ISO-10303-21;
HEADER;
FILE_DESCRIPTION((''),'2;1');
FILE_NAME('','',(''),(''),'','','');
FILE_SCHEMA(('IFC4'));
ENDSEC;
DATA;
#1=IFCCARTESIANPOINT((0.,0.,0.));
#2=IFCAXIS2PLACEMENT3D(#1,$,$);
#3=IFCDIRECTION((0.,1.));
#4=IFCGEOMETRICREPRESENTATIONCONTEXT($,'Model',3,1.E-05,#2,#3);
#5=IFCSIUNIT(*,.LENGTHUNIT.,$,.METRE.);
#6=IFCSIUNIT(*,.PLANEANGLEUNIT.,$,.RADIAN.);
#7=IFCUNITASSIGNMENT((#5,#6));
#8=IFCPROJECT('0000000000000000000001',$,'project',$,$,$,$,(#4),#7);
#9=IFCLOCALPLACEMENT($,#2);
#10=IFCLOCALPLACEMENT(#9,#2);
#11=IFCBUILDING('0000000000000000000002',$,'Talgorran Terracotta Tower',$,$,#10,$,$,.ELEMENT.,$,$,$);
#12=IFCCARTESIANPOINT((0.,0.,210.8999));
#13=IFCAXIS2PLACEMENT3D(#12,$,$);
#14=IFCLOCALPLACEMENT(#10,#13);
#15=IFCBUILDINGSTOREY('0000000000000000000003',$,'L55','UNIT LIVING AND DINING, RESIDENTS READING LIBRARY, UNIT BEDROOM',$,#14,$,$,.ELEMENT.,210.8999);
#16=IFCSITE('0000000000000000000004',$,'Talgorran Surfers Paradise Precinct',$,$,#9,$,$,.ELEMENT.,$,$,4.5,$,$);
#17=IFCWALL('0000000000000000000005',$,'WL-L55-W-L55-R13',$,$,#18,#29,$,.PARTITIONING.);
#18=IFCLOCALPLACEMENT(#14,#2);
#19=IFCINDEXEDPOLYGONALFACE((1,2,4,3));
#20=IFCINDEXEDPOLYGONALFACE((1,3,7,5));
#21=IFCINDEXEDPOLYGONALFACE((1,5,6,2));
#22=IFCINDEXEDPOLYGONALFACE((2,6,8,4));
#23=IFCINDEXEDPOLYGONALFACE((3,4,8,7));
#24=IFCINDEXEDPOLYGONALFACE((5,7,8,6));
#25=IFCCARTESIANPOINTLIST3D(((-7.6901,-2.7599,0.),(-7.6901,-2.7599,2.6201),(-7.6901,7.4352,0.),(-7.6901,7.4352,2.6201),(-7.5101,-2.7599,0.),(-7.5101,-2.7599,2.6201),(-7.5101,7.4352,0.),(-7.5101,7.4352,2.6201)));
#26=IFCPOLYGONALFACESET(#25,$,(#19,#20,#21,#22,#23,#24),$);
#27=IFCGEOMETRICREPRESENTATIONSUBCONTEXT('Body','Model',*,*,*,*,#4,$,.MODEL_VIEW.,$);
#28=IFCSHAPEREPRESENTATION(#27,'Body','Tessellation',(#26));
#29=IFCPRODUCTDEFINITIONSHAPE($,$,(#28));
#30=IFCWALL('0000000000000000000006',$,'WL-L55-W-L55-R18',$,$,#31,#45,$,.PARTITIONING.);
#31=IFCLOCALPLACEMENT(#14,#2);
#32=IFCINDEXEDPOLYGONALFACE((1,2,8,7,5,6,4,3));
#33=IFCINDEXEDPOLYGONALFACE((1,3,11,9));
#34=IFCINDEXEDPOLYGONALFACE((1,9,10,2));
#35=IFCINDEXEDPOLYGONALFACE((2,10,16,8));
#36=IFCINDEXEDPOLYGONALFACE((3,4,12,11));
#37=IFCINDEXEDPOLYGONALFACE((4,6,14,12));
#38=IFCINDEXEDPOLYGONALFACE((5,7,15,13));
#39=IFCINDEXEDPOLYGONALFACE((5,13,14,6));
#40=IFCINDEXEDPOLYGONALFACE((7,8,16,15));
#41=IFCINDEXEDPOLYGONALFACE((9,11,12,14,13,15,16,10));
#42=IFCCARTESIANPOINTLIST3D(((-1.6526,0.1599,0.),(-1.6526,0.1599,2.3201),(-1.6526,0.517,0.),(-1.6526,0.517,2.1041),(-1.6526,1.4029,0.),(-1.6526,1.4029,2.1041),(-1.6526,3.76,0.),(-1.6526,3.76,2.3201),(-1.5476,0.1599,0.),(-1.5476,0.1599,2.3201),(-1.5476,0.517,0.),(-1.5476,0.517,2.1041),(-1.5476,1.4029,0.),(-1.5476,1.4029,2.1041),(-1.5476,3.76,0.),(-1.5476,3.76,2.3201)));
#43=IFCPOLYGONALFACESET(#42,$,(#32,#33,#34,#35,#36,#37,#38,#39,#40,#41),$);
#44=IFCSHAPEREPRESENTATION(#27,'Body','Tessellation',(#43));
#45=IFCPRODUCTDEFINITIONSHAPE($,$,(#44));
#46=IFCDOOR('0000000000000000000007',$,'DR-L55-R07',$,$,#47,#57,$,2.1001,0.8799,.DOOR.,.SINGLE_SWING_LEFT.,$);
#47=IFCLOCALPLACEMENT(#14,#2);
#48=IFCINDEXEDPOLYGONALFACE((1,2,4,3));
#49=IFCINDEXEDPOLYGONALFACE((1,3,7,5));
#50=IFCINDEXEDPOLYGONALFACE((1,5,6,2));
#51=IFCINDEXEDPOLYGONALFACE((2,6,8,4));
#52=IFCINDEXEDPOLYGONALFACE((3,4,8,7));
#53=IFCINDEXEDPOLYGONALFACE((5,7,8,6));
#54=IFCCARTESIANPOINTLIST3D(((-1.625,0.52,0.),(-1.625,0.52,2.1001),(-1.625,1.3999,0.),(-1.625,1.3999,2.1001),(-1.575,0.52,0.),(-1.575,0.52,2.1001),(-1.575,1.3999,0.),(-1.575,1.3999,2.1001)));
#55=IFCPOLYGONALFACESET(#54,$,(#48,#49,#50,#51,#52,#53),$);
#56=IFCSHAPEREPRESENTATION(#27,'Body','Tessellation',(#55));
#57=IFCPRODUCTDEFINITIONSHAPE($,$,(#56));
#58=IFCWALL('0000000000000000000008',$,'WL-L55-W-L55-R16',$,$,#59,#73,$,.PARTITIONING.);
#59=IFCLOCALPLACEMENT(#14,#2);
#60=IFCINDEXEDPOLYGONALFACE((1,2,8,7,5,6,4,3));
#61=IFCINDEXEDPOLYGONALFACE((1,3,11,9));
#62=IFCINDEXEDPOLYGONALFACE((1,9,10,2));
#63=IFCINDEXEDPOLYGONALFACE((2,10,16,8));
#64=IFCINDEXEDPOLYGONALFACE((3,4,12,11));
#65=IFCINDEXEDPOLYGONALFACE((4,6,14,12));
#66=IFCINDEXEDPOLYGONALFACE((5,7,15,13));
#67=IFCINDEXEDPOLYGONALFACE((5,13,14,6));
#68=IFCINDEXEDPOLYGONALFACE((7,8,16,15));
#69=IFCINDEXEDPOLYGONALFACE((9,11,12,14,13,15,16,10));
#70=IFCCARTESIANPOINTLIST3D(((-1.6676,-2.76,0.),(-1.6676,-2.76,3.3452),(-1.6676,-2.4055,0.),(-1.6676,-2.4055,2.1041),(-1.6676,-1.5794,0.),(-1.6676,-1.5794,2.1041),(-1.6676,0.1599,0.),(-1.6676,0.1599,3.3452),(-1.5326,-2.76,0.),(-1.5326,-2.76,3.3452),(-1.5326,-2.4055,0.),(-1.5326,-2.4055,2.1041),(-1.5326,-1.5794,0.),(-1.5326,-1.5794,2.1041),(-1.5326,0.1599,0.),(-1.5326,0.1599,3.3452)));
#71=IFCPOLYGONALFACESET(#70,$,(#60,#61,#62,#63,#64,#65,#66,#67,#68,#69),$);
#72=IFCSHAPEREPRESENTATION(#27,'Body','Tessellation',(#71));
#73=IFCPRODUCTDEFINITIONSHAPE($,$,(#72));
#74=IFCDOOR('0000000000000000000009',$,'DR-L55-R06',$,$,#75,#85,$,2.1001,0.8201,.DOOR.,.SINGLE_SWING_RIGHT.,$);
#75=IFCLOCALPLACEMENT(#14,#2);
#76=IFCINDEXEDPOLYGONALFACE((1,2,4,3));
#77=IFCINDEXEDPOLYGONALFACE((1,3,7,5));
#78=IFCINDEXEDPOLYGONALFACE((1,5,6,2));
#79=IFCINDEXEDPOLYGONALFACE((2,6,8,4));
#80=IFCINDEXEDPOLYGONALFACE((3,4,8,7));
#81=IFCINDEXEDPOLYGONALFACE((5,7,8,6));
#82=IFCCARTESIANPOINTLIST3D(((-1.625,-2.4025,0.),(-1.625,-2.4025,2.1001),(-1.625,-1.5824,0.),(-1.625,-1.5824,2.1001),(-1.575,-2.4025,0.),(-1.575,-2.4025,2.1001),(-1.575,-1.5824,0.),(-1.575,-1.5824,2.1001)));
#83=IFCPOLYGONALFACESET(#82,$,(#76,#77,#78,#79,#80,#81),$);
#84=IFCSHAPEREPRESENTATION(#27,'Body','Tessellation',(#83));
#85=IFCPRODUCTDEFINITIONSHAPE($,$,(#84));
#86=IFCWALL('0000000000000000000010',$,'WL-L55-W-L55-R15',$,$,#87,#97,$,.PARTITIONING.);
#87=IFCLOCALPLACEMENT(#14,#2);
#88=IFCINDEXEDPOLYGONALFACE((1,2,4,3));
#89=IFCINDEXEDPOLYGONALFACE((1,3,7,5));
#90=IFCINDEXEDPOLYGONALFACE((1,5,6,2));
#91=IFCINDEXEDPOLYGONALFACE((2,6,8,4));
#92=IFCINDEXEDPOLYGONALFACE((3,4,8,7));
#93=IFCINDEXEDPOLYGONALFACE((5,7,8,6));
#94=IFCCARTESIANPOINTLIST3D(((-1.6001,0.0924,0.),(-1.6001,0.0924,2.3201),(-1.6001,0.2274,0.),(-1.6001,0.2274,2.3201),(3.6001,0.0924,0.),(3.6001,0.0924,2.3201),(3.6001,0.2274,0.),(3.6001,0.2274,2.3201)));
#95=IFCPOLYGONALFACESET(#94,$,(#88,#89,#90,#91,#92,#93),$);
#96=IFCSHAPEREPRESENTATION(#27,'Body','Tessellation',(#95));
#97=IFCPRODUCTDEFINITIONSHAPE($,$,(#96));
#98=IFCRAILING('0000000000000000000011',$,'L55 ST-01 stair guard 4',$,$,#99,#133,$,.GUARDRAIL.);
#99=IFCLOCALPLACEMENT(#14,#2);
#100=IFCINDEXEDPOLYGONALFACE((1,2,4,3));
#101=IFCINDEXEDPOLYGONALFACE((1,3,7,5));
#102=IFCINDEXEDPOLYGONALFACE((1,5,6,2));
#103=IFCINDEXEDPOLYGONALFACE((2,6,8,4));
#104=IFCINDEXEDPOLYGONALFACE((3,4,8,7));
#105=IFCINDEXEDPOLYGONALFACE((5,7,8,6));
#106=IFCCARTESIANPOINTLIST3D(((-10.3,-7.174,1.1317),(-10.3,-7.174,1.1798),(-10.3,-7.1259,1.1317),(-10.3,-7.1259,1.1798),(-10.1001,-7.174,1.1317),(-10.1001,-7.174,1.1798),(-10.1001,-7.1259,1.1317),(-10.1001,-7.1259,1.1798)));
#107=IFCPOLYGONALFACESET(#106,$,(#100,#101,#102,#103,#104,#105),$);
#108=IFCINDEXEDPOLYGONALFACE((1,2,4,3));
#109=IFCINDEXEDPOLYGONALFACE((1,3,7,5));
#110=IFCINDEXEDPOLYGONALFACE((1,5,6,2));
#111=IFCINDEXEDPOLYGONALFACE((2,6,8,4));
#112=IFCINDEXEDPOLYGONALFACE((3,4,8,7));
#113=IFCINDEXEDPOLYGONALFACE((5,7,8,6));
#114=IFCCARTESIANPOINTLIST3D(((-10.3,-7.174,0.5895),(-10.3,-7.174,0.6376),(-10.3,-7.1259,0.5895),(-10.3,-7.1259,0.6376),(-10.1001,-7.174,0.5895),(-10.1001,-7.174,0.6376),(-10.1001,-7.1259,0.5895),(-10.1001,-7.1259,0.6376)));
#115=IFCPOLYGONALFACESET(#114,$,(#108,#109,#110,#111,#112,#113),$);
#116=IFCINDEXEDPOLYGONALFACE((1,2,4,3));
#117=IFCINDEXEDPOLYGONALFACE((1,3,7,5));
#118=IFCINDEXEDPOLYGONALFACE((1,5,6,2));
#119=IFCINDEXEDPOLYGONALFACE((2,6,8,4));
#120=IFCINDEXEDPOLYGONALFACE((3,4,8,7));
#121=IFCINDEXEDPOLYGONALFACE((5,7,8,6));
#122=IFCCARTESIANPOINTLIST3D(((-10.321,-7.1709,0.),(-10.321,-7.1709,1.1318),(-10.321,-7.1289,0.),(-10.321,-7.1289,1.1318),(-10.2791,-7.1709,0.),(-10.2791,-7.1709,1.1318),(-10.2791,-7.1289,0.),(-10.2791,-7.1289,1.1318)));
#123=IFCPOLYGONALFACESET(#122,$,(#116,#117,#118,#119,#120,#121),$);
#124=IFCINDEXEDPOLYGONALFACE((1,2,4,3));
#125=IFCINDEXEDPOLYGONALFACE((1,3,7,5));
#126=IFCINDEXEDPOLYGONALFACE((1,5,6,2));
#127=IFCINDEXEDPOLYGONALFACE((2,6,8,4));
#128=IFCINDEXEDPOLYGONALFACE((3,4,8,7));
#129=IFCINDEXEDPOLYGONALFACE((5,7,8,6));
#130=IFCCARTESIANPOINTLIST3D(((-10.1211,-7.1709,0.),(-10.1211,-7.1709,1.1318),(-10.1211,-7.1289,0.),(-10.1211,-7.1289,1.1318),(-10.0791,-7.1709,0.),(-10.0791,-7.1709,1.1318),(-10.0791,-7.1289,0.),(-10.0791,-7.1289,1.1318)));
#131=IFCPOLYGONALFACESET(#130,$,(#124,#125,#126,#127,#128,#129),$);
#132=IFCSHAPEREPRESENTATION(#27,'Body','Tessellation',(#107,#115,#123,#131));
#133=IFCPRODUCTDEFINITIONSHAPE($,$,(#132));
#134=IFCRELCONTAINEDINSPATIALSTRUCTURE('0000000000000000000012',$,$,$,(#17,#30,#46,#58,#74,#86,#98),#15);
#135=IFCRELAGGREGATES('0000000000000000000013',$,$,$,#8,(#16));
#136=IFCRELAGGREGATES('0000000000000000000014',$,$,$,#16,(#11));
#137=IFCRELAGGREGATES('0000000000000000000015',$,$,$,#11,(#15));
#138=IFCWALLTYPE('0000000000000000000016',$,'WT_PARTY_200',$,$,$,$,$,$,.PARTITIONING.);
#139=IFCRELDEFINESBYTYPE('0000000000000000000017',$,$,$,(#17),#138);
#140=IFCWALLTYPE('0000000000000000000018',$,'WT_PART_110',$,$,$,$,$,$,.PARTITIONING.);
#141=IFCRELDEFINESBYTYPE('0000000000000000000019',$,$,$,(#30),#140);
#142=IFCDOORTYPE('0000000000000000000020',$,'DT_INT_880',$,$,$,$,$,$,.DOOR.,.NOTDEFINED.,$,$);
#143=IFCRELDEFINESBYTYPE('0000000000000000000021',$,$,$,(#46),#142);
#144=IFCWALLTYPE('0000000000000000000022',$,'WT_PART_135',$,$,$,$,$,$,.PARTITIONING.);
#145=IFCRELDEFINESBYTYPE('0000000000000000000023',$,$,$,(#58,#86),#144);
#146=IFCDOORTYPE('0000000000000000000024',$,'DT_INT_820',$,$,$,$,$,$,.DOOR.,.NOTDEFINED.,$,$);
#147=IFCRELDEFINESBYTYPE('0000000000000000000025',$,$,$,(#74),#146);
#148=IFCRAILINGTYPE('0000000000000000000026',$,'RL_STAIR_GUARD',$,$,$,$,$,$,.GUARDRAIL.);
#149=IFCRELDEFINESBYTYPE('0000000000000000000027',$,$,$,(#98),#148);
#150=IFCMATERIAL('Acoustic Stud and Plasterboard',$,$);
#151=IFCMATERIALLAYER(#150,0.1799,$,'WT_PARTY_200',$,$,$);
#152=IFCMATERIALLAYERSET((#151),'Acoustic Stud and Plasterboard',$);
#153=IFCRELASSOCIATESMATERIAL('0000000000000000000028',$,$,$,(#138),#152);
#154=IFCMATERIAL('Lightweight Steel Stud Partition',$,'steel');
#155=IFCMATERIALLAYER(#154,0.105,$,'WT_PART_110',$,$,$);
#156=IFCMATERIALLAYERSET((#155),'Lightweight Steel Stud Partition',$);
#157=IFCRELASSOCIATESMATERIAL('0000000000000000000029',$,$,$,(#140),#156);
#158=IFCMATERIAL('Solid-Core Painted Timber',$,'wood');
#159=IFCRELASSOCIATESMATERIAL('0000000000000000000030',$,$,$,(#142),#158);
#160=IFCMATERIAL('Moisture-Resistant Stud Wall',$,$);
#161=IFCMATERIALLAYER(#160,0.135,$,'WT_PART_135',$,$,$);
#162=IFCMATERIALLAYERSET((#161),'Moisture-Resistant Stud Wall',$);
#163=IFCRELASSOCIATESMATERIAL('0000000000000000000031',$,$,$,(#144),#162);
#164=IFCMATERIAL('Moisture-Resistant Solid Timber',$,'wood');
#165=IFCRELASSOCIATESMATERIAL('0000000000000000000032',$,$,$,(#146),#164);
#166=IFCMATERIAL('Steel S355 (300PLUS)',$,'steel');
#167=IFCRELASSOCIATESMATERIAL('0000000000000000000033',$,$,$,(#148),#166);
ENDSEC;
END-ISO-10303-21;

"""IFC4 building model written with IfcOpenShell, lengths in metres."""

from ifc_helpers import new_model, si_unit, direction, frame, frame_2d, origin, origin_2d, place, context, subcontext, project, spatial, rectangle, extrude, material, layer, layer_set, type_object, element, fill, save


model = new_model("IFC4")

# Units and contexts
model_context = context("Model", 3, precision=1e-05, world=origin(), true_north=direction((0.0, 1.0)))
body_context = subcontext(model_context, "Body", "Model", "MODEL_VIEW")
ifc_project = project(units=[si_unit("LENGTHUNIT", "METRE"), si_unit("PLANEANGLEUNIT", "RADIAN")], contexts=[model_context])

# Site, building, storey
site_placement = place(None, origin())
site = spatial("IfcSite", under=ifc_project, at=site_placement, Name="Talgorran Surfers Paradise Precinct", CompositionType="ELEMENT", RefElevation=4.5)
building_placement = place(site_placement, origin())
building = spatial("IfcBuilding", under=site, at=building_placement, Name="Talgorran Terracotta Tower", CompositionType="ELEMENT")
storey_placement = place(building_placement, frame((0.0, 0.0, 210.8999)))
storey = spatial("IfcBuildingStorey", under=building, at=storey_placement, Name="L55", Description="UNIT LIVING AND DINING, RESIDENTS READING LIBRARY, UNIT BEDROOM", CompositionType="ELEMENT", Elevation=210.8999)

# Shared definitions
ifc_material_1 = material(Name="Steel S355 (300PLUS)", Category="steel")

# Wall
ifc_material_2 = material(Name="Acoustic Stud and Plasterboard")
ifc_layer_1 = layer(ifc_material_2, 0.1799, Name="WT_PARTY_200")
ifc_layer_set_1 = layer_set([ifc_layer_1], Name="Acoustic Stud and Plasterboard")
wall_type_1 = type_object("IfcWallType", Name="WT_PARTY_200", PredefinedType="PARTITIONING", material=ifc_layer_set_1)
wall_1_placement = place(storey_placement, frame((-7.6001, -2.76, 0.0), z_axis=(0.0, 0.0, 1.0), x_axis=(0.0, 1.0, 0.0)))
element("IfcWall", 1, at=wall_1_placement, inside=storey, type_object=wall_type_1, Name="WL-L55-W-L55-R13", PredefinedType="PARTITIONING", context=body_context, shape_type="SweptSolid", body=[
    extrude(rectangle(XDim=10.1951, YDim=0.1799, at=frame_2d((5.0977, 0.0))), origin(), (0.0, 0.0, 1.0), 2.6201),
])

# Walls, openings, doors
ifc_material_3 = material(Name="Lightweight Steel Stud Partition", Category="steel")
ifc_layer_2 = layer(ifc_material_3, 0.105, Name="WT_PART_110")
ifc_layer_set_2 = layer_set([ifc_layer_2], Name="Lightweight Steel Stud Partition")
wall_type_2 = type_object("IfcWallType", Name="WT_PART_110", PredefinedType="PARTITIONING", material=ifc_layer_set_2)
wall_2_placement = place(storey_placement, frame((-1.6001, 0.1599, 0.0), z_axis=(0.0, 0.0, 1.0), x_axis=(0.0, 1.0, 0.0)))
wall_2 = element("IfcWall", 2, at=wall_2_placement, inside=storey, type_object=wall_type_2, Name="WL-L55-W-L55-R18", PredefinedType="PARTITIONING", context=body_context, shape_type="SweptSolid", body=[
    extrude(rectangle(XDim=3.6001, YDim=0.105, at=frame_2d((1.8, 0.0))), origin(), (0.0, 0.0, 1.0), 2.3201),
])
opening_1_placement = place(wall_2_placement, frame((0.3601, 0.0, 0.0)))
opening_1 = element("IfcOpeningElement", 3, at=opening_1_placement, cuts=wall_2, PredefinedType="OPENING", context=body_context, shape_type="SweptSolid", body=[
    extrude(rectangle(XDim=0.8859, YDim=2.1041, at=frame_2d((0.4399, 1.052))), frame((0.0, 0.0625, 0.0), z_axis=(0.0, -1.0, 0.0), x_axis=(1.0, 0.0, 0.0)), (0.0, 0.0, 1.0), 0.125),
])
ifc_material_4 = material(Name="Solid-Core Painted Timber", Category="wood")
door_type_1 = type_object("IfcDoorType", Name="DT_INT_880", OperationType="NOTDEFINED", PredefinedType="DOOR", material=ifc_material_4)
door_1_placement = place(opening_1_placement, origin())
door_1 = element("IfcDoor", 4, at=door_1_placement, inside=storey, type_object=door_type_1, Name="DR-L55-R07", OperationType="SINGLE_SWING_LEFT", OverallHeight=2.1001, OverallWidth=0.8799, PredefinedType="DOOR", context=body_context, shape_type="SweptSolid", body=[
    extrude(rectangle(XDim=0.8799, YDim=2.1001, at=frame_2d((0.4399, 1.05))), frame((0.0, 0.0249, 0.0), z_axis=(0.0, -1.0, 0.0), x_axis=(1.0, 0.0, 0.0)), (0.0, 0.0, 1.0), 0.05),
])
fill(opening_1, door_1)
ifc_material_5 = material(Name="Moisture-Resistant Stud Wall")
ifc_layer_3 = layer(ifc_material_5, 0.135, Name="WT_PART_135")
ifc_layer_set_3 = layer_set([ifc_layer_3], Name="Moisture-Resistant Stud Wall")
wall_type_3 = type_object("IfcWallType", Name="WT_PART_135", PredefinedType="PARTITIONING", material=ifc_layer_set_3)
wall_3_placement = place(storey_placement, frame((-1.6001, -2.76, 0.0), z_axis=(0.0, 0.0, 1.0), x_axis=(0.0, 1.0, 0.0)))
wall_3 = element("IfcWall", 5, at=wall_3_placement, inside=storey, type_object=wall_type_3, Name="WL-L55-W-L55-R16", PredefinedType="PARTITIONING", context=body_context, shape_type="SweptSolid", body=[
    extrude(rectangle(XDim=2.9199, YDim=0.135, at=frame_2d((1.46, 0.0))), origin(), (0.0, 0.0, 1.0), 3.3452),
])
opening_2_placement = place(wall_3_placement, frame((0.3574, 0.0, 0.0)))
opening_2 = element("IfcOpeningElement", 6, at=opening_2_placement, cuts=wall_3, PredefinedType="OPENING", context=body_context, shape_type="SweptSolid", body=[
    extrude(rectangle(XDim=0.8261, YDim=2.1041, at=frame_2d((0.4102, 1.052))), frame((0.0, 0.0776, 0.0), z_axis=(0.0, -1.0, 0.0), x_axis=(1.0, 0.0, 0.0)), (0.0, 0.0, 1.0), 0.155),
])
ifc_material_6 = material(Name="Moisture-Resistant Solid Timber", Category="wood")
door_type_2 = type_object("IfcDoorType", Name="DT_INT_820", OperationType="NOTDEFINED", PredefinedType="DOOR", material=ifc_material_6)
door_2_placement = place(opening_2_placement, origin())
door_2 = element("IfcDoor", 7, at=door_2_placement, inside=storey, type_object=door_type_2, Name="DR-L55-R06", OperationType="SINGLE_SWING_RIGHT", OverallHeight=2.1001, OverallWidth=0.8201, PredefinedType="DOOR", context=body_context, shape_type="SweptSolid", body=[
    extrude(rectangle(XDim=0.8201, YDim=2.1001, at=frame_2d((0.4102, 1.05))), frame((0.0, 0.0249, 0.0), z_axis=(0.0, -1.0, 0.0), x_axis=(1.0, 0.0, 0.0)), (0.0, 0.0, 1.0), 0.05),
])
fill(opening_2, door_2)

# Wall
wall_4_placement = place(storey_placement, frame((-1.6001, 0.1599, 0.0), z_axis=(0.0, 0.0, 1.0), x_axis=(1.0, 0.0, 0.0)))
element("IfcWall", 8, at=wall_4_placement, inside=storey, type_object=wall_type_3, Name="WL-L55-W-L55-R15", PredefinedType="PARTITIONING", context=body_context, shape_type="SweptSolid", body=[
    extrude(rectangle(XDim=5.2002, YDim=0.135, at=frame_2d((2.6001, 0.0))), origin(), (0.0, 0.0, 1.0), 2.3201),
])

# Railing
railing_type = type_object("IfcRailingType", Name="RL_STAIR_GUARD", PredefinedType="GUARDRAIL", material=ifc_material_1)
railing_placement = place(storey_placement, frame((-10.3, -7.1499, 0.0)))
element("IfcRailing", 9, at=railing_placement, inside=storey, type_object=railing_type, Name="L55 ST-01 stair guard 4", PredefinedType="GUARDRAIL", context=body_context, shape_type="SweptSolid", body=[
    extrude(rectangle(XDim=0.0481, YDim=0.0481, at=origin_2d()), frame((0.0, 0.0, 1.1558), z_axis=(1.0, 0.0, 0.0), x_axis=(0.0, 1.0, 0.0)), (0.0, 0.0, 1.0), 0.2),
    extrude(rectangle(XDim=0.0481, YDim=0.0481, at=origin_2d()), frame((0.0, 0.0, 0.6135), z_axis=(1.0, 0.0, 0.0), x_axis=(0.0, 1.0, 0.0)), (0.0, 0.0, 1.0), 0.2),
    extrude(rectangle(XDim=0.042, YDim=0.042, at=origin_2d()), origin(), (0.0, 0.0, 1.0), 1.1318),
    extrude(rectangle(XDim=0.042, YDim=0.042, at=origin_2d()), frame((0.2, 0.0, 0.0)), (0.0, 0.0, 1.0), 1.1318),
])

save(model, "model.ifc")
